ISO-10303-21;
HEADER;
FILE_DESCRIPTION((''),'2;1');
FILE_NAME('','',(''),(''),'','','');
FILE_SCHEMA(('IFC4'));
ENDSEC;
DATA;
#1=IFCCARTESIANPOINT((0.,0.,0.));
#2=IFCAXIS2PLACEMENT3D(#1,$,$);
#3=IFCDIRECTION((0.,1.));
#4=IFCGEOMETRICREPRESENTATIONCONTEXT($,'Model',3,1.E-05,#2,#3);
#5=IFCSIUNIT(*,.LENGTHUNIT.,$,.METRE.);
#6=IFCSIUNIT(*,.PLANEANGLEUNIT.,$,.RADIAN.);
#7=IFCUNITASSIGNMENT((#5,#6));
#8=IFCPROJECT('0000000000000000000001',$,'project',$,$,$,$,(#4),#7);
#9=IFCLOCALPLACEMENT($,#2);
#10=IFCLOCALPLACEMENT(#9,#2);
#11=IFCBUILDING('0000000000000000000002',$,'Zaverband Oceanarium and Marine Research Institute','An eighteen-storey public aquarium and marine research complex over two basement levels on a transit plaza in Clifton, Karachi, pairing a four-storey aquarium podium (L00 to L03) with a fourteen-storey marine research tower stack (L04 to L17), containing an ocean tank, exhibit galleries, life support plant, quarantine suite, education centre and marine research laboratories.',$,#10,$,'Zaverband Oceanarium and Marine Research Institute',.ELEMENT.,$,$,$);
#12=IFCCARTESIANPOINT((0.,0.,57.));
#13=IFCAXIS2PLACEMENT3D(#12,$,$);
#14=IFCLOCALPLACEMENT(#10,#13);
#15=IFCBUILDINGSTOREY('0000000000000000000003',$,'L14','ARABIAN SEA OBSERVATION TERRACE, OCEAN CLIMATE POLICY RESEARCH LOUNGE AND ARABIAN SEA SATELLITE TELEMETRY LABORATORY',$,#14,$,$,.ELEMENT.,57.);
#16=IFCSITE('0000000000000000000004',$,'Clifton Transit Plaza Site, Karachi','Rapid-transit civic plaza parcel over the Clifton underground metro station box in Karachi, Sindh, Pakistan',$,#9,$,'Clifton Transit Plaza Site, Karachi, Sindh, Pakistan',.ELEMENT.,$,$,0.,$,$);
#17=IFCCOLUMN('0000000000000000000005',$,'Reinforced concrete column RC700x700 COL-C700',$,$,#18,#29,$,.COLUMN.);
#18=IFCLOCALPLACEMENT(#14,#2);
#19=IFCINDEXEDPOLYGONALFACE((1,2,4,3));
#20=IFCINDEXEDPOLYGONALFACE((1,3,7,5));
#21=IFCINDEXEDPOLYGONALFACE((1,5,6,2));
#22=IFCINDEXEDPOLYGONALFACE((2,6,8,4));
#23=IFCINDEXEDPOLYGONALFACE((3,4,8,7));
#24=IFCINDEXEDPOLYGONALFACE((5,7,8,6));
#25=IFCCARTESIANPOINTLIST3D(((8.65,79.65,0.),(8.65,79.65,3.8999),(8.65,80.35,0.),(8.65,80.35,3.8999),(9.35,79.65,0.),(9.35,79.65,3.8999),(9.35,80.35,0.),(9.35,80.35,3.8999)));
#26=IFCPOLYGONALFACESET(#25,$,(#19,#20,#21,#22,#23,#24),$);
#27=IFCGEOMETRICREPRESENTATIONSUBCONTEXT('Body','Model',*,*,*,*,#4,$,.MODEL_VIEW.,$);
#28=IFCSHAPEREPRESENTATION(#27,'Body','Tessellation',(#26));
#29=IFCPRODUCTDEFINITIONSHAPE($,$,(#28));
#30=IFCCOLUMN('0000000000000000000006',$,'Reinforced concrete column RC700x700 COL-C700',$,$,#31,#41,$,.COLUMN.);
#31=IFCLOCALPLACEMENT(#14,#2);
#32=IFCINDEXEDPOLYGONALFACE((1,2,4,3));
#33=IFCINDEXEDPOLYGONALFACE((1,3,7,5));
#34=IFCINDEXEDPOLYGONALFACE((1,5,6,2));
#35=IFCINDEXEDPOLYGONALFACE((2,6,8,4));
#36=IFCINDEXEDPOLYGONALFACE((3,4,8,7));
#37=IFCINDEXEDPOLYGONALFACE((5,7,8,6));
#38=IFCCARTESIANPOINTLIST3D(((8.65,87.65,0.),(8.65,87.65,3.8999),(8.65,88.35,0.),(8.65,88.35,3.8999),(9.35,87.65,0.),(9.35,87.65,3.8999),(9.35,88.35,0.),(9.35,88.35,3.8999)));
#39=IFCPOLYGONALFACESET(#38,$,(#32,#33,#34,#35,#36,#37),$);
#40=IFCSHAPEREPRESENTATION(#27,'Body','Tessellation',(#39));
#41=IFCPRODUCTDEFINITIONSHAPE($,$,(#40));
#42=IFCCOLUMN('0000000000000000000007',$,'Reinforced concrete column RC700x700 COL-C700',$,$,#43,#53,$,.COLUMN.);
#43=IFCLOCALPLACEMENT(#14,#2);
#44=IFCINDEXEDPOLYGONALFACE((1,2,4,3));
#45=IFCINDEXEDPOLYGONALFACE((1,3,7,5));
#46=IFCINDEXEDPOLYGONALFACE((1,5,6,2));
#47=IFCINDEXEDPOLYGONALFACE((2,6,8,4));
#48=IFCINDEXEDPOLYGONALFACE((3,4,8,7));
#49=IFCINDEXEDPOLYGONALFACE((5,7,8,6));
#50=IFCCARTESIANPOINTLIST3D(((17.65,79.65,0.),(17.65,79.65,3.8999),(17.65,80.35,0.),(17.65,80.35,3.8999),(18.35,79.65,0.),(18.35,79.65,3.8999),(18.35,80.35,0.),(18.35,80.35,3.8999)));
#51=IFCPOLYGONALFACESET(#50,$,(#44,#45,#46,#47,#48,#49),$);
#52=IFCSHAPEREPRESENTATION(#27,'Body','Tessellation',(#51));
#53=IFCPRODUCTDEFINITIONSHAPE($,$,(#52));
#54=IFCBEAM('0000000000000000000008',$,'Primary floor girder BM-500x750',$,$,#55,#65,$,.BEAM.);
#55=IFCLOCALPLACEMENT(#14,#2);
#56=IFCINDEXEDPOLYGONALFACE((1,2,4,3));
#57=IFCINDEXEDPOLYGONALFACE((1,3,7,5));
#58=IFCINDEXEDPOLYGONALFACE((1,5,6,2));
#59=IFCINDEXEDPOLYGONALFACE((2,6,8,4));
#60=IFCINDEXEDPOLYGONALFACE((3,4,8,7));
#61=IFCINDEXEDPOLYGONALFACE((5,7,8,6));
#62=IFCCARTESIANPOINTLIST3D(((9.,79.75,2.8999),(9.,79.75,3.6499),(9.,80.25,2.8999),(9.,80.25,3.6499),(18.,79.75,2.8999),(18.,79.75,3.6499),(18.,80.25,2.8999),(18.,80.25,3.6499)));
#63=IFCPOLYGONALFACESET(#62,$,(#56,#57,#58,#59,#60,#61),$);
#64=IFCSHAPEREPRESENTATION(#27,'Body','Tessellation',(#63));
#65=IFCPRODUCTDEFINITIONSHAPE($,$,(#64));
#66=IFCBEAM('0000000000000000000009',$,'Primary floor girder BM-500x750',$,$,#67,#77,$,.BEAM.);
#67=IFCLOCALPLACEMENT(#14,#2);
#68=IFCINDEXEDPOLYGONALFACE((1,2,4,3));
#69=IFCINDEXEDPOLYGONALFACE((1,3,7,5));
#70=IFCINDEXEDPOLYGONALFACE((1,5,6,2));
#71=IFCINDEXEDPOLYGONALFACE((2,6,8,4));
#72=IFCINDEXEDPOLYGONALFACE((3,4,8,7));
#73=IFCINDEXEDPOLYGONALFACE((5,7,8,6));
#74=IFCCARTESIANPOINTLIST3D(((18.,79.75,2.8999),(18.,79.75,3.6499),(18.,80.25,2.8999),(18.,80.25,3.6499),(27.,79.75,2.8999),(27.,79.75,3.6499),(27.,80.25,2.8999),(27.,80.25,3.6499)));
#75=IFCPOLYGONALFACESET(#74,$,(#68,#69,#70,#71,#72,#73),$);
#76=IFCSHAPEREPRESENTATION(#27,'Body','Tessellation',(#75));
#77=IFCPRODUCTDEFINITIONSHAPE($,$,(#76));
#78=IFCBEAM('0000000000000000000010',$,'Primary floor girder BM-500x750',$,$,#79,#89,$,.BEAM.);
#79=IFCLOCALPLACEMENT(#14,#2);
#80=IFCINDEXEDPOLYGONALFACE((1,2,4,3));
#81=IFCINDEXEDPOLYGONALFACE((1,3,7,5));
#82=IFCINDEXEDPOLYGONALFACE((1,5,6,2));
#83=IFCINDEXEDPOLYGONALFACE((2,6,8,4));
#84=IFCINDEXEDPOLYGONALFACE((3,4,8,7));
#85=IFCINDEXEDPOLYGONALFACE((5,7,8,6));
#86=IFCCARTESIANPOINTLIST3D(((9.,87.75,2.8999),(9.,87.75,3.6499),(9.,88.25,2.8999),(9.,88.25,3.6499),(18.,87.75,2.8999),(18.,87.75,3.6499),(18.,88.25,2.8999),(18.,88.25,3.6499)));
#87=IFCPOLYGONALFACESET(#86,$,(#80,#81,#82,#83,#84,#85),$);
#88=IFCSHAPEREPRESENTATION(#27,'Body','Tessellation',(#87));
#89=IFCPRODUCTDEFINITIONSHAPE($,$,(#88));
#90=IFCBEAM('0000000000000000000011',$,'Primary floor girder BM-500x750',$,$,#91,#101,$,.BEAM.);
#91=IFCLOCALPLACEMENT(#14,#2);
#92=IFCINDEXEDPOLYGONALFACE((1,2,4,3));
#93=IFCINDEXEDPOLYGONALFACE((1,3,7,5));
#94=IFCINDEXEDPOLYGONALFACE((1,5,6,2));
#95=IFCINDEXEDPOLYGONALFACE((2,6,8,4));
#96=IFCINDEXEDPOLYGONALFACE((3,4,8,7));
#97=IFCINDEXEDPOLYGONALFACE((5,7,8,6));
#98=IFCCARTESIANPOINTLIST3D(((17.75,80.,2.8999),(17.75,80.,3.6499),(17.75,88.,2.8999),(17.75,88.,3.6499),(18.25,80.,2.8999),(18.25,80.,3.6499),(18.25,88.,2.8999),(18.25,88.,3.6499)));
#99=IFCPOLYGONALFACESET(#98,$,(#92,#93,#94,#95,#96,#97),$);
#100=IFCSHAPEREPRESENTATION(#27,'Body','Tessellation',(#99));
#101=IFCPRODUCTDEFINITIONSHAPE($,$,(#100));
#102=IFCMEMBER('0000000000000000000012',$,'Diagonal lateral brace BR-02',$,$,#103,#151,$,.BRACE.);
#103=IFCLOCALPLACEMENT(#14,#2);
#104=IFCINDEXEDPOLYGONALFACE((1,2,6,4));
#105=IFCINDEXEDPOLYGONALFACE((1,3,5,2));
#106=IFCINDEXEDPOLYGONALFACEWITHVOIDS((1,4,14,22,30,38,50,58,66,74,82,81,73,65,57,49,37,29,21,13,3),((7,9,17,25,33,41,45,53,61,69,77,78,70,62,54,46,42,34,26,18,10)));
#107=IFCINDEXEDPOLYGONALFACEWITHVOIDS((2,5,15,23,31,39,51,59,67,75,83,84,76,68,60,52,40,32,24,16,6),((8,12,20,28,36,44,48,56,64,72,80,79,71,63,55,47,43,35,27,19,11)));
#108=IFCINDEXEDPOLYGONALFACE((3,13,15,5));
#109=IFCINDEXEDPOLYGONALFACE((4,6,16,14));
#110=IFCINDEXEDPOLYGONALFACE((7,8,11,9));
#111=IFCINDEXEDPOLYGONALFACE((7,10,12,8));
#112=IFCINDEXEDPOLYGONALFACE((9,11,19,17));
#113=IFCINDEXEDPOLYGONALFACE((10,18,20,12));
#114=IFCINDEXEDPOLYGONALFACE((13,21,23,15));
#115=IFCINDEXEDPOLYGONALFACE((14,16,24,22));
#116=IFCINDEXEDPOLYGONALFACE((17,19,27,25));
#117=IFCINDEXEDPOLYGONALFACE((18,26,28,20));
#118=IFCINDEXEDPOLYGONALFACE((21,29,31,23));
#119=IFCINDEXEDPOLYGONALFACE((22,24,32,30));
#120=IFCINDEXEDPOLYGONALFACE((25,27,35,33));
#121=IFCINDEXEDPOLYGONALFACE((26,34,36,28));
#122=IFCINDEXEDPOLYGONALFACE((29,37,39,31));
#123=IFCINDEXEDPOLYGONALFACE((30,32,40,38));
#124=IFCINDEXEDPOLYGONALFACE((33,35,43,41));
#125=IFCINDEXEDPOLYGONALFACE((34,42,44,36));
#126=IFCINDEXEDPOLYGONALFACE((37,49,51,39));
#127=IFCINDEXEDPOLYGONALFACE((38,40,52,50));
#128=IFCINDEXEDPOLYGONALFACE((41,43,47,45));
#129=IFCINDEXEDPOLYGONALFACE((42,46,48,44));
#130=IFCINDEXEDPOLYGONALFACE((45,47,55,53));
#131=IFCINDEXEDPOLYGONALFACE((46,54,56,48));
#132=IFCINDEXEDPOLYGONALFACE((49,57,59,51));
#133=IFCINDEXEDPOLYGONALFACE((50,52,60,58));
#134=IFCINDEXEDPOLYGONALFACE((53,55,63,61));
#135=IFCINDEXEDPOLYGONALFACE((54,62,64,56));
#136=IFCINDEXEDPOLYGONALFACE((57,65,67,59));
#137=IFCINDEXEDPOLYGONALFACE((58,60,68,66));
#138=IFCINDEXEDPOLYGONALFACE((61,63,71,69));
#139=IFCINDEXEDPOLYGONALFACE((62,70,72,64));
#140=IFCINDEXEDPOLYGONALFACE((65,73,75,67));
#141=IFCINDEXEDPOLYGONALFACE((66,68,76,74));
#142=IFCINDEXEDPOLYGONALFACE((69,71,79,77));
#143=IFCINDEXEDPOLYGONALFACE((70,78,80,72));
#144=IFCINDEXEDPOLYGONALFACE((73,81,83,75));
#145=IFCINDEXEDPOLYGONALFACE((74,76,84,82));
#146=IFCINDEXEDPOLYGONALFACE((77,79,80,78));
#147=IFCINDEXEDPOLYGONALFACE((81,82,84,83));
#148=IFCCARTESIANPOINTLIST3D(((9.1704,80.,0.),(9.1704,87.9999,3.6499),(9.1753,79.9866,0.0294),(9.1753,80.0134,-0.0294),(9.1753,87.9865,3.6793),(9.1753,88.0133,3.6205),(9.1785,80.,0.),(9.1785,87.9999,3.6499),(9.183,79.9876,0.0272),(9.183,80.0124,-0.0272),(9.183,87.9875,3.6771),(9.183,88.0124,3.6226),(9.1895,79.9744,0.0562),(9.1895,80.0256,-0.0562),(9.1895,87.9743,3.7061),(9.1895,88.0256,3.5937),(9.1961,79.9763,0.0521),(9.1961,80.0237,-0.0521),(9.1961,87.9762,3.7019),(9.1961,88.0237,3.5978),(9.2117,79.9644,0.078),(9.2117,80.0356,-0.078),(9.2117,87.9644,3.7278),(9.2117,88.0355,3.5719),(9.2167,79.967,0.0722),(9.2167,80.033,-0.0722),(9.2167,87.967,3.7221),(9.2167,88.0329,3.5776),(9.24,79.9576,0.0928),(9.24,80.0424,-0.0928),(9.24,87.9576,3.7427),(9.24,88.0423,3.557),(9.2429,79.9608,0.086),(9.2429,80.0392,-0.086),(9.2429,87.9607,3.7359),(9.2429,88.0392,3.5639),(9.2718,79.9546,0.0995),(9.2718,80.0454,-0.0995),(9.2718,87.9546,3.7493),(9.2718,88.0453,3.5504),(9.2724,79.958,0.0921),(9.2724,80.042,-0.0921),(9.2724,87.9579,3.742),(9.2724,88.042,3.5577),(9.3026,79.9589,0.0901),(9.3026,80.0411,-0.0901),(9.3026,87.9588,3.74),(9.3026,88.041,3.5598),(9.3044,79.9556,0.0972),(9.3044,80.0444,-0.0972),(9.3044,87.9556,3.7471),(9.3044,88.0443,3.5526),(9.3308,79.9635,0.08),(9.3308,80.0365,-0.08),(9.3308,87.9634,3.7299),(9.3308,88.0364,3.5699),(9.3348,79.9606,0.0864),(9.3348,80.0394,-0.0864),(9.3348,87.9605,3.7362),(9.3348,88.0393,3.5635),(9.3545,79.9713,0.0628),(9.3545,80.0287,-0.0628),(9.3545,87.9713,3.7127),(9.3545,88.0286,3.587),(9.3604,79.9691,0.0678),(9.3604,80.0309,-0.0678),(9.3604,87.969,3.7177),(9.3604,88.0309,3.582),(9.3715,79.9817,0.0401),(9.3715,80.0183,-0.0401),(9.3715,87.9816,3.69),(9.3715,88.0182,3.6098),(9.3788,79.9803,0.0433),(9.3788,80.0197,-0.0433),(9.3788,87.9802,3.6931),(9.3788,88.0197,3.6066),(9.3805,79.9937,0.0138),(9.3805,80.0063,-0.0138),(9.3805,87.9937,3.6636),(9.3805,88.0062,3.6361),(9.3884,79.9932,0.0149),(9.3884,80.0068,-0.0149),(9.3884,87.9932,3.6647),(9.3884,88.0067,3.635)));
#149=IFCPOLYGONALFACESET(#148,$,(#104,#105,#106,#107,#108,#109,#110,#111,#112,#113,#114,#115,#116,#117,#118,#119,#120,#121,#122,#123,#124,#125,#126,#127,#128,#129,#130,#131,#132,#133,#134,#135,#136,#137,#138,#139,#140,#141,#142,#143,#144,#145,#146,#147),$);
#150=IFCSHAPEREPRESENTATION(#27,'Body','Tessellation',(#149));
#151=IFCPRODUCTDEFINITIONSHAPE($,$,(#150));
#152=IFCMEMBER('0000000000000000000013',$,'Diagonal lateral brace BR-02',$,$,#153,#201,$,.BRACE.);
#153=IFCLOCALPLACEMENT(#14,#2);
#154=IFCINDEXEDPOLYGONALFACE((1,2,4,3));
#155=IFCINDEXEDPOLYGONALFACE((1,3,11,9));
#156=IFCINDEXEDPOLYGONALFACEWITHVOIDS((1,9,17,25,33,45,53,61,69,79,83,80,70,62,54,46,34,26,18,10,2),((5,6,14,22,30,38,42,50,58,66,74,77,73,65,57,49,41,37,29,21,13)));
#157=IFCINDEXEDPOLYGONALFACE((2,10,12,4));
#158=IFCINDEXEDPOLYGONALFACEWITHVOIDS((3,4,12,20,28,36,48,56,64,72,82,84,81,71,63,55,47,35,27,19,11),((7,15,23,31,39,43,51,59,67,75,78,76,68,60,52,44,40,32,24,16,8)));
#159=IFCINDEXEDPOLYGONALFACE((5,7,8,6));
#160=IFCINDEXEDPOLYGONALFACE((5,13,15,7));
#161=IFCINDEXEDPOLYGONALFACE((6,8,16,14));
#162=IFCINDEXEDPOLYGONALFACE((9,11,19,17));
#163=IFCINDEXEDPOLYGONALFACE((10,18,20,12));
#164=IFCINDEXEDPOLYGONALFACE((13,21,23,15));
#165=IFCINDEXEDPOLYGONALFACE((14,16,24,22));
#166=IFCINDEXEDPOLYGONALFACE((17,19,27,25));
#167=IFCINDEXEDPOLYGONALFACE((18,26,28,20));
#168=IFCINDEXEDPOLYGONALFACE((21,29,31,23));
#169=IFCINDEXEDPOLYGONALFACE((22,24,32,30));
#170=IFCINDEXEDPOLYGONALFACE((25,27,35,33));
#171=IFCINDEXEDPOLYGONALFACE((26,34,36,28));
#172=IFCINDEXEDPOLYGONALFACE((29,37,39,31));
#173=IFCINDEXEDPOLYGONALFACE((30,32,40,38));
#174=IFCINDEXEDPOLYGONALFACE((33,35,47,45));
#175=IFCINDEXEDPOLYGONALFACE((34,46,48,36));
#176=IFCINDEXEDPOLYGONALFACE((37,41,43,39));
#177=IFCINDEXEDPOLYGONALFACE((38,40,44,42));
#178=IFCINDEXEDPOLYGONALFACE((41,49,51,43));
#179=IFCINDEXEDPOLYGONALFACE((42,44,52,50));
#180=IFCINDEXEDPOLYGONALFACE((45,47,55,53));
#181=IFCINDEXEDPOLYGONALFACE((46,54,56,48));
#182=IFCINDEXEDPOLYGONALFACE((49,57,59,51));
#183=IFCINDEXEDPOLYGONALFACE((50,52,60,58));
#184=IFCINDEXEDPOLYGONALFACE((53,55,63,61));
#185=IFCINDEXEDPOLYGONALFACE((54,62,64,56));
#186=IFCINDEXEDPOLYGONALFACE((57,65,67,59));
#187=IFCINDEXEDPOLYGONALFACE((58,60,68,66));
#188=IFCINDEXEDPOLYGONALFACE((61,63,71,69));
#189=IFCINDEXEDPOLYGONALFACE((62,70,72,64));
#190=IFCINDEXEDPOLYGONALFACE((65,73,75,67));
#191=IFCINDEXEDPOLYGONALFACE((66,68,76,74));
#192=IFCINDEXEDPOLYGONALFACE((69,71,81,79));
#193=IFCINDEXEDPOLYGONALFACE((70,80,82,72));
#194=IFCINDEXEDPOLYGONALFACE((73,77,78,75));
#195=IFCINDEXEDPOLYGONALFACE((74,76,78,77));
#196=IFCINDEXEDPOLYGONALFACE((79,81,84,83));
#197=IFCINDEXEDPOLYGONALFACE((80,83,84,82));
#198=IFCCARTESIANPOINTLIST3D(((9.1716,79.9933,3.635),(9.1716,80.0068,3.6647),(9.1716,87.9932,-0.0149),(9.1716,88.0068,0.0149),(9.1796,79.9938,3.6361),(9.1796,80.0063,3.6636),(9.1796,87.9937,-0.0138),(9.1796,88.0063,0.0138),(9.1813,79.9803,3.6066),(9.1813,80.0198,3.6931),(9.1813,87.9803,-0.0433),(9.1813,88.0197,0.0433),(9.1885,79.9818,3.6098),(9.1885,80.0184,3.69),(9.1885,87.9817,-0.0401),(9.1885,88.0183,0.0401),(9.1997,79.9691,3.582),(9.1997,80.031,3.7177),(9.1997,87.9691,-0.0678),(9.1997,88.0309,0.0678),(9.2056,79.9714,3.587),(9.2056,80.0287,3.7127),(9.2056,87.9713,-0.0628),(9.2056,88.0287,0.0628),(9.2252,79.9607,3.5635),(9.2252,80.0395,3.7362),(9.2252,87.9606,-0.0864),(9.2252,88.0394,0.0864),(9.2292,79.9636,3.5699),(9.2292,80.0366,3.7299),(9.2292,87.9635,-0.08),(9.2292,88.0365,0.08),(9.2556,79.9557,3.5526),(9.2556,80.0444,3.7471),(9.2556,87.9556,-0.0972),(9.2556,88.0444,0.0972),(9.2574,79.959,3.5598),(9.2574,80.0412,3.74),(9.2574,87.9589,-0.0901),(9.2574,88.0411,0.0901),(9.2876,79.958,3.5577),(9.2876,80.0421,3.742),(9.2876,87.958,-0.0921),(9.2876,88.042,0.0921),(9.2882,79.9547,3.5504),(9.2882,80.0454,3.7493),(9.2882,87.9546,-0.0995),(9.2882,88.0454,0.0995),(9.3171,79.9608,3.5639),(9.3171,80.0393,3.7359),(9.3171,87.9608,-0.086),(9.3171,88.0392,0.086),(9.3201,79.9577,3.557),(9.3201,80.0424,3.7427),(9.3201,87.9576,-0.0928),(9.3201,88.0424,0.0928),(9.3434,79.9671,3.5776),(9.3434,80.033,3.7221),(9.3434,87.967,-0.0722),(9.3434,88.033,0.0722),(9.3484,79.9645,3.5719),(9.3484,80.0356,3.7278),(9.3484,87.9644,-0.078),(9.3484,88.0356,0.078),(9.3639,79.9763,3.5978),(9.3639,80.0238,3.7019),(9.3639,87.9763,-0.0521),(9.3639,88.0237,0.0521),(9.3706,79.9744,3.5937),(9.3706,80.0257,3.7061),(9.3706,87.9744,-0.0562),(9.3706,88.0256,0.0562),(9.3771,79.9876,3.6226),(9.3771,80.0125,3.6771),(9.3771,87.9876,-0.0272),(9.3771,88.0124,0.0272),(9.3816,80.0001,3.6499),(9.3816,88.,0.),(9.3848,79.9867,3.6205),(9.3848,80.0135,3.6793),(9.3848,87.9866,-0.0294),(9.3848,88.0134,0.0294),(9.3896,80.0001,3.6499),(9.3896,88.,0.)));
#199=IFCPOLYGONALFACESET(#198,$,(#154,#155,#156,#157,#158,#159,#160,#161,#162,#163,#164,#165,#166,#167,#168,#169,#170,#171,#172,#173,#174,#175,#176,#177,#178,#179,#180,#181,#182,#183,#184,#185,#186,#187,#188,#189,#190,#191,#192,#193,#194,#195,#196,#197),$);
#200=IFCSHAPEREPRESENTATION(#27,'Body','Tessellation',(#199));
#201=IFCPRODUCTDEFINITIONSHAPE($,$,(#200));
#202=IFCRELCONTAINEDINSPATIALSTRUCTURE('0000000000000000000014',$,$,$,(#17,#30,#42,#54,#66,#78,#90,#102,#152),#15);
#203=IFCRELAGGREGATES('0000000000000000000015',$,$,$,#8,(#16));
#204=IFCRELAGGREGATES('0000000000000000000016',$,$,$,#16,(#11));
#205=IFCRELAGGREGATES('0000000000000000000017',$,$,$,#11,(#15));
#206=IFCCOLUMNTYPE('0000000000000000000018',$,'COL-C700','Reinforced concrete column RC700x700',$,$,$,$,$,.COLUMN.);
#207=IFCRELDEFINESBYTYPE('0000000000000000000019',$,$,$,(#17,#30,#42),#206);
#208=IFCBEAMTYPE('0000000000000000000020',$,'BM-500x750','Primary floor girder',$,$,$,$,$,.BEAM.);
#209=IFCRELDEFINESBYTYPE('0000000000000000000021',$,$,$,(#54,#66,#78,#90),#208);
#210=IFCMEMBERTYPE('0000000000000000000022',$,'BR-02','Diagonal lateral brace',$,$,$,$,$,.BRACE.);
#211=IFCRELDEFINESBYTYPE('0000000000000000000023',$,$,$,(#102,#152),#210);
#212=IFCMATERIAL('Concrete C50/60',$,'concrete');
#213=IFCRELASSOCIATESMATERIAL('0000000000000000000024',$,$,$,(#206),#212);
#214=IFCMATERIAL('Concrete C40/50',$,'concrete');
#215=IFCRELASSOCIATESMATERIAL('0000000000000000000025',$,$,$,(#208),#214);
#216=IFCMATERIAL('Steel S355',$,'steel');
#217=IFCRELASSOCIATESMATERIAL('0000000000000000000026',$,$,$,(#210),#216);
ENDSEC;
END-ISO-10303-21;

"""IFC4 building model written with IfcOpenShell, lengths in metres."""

from ifc_helpers import new_model, si_unit, direction, frame, origin, origin_2d, place, context, subcontext, project, spatial, rectangle, hollow_circle, extrude, material, material_profile, profile_set, type_object, element, save


model = new_model("IFC4")

# Units and contexts
model_context = context("Model", 3, precision=1e-05, world=origin(), true_north=direction((0.0, 1.0)))
body_context = subcontext(model_context, "Body", "Model", "MODEL_VIEW")
ifc_project = project(units=[si_unit("LENGTHUNIT", "METRE"), si_unit("PLANEANGLEUNIT", "RADIAN")], contexts=[model_context])

# Site, building, storey
site_placement = place(None, origin())
site = spatial("IfcSite", under=ifc_project, at=site_placement, Name="Clifton Transit Plaza Site, Karachi", Description="Rapid-transit civic plaza parcel over the Clifton underground metro station box in Karachi, Sindh, Pakistan", LongName="Clifton Transit Plaza Site, Karachi, Sindh, Pakistan", CompositionType="ELEMENT", RefElevation=0.0)
building_placement = place(site_placement, origin())
building = spatial("IfcBuilding", under=site, at=building_placement, Name="Zaverband Oceanarium and Marine Research Institute", Description="An eighteen-storey public aquarium and marine research complex over two basement levels on a transit plaza in Clifton, Karachi, pairing a four-storey aquarium podium (L00 to L03) with a fourteen-storey marine research tower stack (L04 to L17), containing an ocean tank, exhibit galleries, life support plant, quarantine suite, education centre and marine research laboratories.", LongName="Zaverband Oceanarium and Marine Research Institute", CompositionType="ELEMENT")
storey_placement = place(building_placement, frame((0.0, 0.0, 57.0)))
storey = spatial("IfcBuildingStorey", under=building, at=storey_placement, Name="L14", Description="ARABIAN SEA OBSERVATION TERRACE, OCEAN CLIMATE POLICY RESEARCH LOUNGE AND ARABIAN SEA SATELLITE TELEMETRY LABORATORY", CompositionType="ELEMENT", Elevation=57.0)

# Columns
ifc_material_1 = material(Name="Concrete C50/60", Category="concrete")
ifc_material_profile_1 = material_profile(ifc_material_1, rectangle(XDim=0.7, YDim=0.7, at=origin_2d()), Name="RC700x700")
ifc_profile_set_1 = profile_set([ifc_material_profile_1], Name="Concrete C50/60")
column_type = type_object("IfcColumnType", Name="COL-C700", Description="Reinforced concrete column RC700x700", PredefinedType="COLUMN", material=ifc_profile_set_1)
for number, where, z_axis, x_axis, name in (
    (1, (9.0, 80.0, 0.0), (0.0, 0.0, 1.0), (1.0, 0.0, 0.0), "Reinforced concrete column RC700x700 COL-C700"),
    (2, (9.0, 88.0, 0.0), (0.0, 0.0, 1.0), (1.0, 0.0, 0.0), "Reinforced concrete column RC700x700 COL-C700"),
    (3, (18.0, 80.0, 0.0), (0.0, 0.0, 1.0), (1.0, 0.0, 0.0), "Reinforced concrete column RC700x700 COL-C700"),
):
    element("IfcColumn", number, at=place(storey_placement, frame(where, z_axis=z_axis, x_axis=x_axis)), inside=storey, type_object=column_type, Name=name, PredefinedType="COLUMN", context=body_context, shape_type="SweptSolid", body=[
        extrude(rectangle(XDim=0.7, YDim=0.7, at=origin_2d()), origin(), (0.0, 0.0, 1.0), 3.8999),
    ])

# Beams
ifc_material_2 = material(Name="Concrete C40/50", Category="concrete")
ifc_material_profile_2 = material_profile(ifc_material_2, rectangle(XDim=0.5, YDim=0.75, at=origin_2d()), Name="RC500x750")
ifc_profile_set_2 = profile_set([ifc_material_profile_2], Name="Concrete C40/50")
beam_type_1 = type_object("IfcBeamType", Name="BM-500x750", Description="Primary floor girder", PredefinedType="BEAM", material=ifc_profile_set_2)
for number, where, z_axis, x_axis, name in (
    (4, (9.0, 80.0, 3.2749), (1.0, 0.0, 0.0), (0.0, 1.0, 0.0), "Primary floor girder BM-500x750"),
    (5, (18.0, 80.0, 3.2749), (1.0, 0.0, 0.0), (0.0, 1.0, 0.0), "Primary floor girder BM-500x750"),
    (6, (9.0, 88.0, 3.2749), (1.0, 0.0, 0.0), (0.0, 1.0, 0.0), "Primary floor girder BM-500x750"),
):
    element("IfcBeam", number, at=place(storey_placement, frame(where, z_axis=z_axis, x_axis=x_axis)), inside=storey, type_object=beam_type_1, Name=name, PredefinedType="BEAM", context=body_context, shape_type="SweptSolid", body=[
        extrude(rectangle(XDim=0.5, YDim=0.75, at=origin_2d()), origin(), (0.0, 0.0, 1.0), 9.0),
    ])
beam_1_placement = place(storey_placement, frame((18.0, 80.0, 3.2749), z_axis=(0.0, 1.0, 0.0), x_axis=(-1.0, 0.0, 0.0)))
element("IfcBeam", 7, at=beam_1_placement, inside=storey, type_object=beam_type_1, Name="Primary floor girder BM-500x750", PredefinedType="BEAM", context=body_context, shape_type="SweptSolid", body=[
    extrude(rectangle(XDim=0.5, YDim=0.75, at=origin_2d()), origin(), (0.0, 0.0, 1.0), 8.0),
])

# Members
ifc_material_3 = material(Name="Steel S355", Category="steel")
ifc_material_profile_3 = material_profile(ifc_material_3, hollow_circle(Radius=0.1096, WallThickness=0.0081, at=origin_2d()), Name="CHS219x8")
ifc_profile_set_3 = profile_set([ifc_material_profile_3], Name="Steel S355")
member_type_1 = type_object("IfcMemberType", Name="BR-02", Description="Diagonal lateral brace", PredefinedType="BRACE", material=ifc_profile_set_3)
for number, where, z_axis, x_axis, name in (
    (8, (9.28, 80.0, 0.0), (0.0, 0.909786, 0.415079), (-1.0, 0.0, 0.0), "Diagonal lateral brace BR-02"),
    (9, (9.28, 88.0, 0.0), (0.0, -0.909786, 0.415079), (1.0, 0.0, 0.0), "Diagonal lateral brace BR-02"),
):
    element("IfcMember", number, at=place(storey_placement, frame(where, z_axis=z_axis, x_axis=x_axis)), inside=storey, type_object=member_type_1, Name=name, PredefinedType="BRACE", context=body_context, shape_type="SweptSolid", body=[
        extrude(hollow_circle(Radius=0.1096, WallThickness=0.0081, at=origin_2d()), origin(), (0.0, 0.0, 1.0), 8.7932),
    ])

save(model, "model.ifc")
